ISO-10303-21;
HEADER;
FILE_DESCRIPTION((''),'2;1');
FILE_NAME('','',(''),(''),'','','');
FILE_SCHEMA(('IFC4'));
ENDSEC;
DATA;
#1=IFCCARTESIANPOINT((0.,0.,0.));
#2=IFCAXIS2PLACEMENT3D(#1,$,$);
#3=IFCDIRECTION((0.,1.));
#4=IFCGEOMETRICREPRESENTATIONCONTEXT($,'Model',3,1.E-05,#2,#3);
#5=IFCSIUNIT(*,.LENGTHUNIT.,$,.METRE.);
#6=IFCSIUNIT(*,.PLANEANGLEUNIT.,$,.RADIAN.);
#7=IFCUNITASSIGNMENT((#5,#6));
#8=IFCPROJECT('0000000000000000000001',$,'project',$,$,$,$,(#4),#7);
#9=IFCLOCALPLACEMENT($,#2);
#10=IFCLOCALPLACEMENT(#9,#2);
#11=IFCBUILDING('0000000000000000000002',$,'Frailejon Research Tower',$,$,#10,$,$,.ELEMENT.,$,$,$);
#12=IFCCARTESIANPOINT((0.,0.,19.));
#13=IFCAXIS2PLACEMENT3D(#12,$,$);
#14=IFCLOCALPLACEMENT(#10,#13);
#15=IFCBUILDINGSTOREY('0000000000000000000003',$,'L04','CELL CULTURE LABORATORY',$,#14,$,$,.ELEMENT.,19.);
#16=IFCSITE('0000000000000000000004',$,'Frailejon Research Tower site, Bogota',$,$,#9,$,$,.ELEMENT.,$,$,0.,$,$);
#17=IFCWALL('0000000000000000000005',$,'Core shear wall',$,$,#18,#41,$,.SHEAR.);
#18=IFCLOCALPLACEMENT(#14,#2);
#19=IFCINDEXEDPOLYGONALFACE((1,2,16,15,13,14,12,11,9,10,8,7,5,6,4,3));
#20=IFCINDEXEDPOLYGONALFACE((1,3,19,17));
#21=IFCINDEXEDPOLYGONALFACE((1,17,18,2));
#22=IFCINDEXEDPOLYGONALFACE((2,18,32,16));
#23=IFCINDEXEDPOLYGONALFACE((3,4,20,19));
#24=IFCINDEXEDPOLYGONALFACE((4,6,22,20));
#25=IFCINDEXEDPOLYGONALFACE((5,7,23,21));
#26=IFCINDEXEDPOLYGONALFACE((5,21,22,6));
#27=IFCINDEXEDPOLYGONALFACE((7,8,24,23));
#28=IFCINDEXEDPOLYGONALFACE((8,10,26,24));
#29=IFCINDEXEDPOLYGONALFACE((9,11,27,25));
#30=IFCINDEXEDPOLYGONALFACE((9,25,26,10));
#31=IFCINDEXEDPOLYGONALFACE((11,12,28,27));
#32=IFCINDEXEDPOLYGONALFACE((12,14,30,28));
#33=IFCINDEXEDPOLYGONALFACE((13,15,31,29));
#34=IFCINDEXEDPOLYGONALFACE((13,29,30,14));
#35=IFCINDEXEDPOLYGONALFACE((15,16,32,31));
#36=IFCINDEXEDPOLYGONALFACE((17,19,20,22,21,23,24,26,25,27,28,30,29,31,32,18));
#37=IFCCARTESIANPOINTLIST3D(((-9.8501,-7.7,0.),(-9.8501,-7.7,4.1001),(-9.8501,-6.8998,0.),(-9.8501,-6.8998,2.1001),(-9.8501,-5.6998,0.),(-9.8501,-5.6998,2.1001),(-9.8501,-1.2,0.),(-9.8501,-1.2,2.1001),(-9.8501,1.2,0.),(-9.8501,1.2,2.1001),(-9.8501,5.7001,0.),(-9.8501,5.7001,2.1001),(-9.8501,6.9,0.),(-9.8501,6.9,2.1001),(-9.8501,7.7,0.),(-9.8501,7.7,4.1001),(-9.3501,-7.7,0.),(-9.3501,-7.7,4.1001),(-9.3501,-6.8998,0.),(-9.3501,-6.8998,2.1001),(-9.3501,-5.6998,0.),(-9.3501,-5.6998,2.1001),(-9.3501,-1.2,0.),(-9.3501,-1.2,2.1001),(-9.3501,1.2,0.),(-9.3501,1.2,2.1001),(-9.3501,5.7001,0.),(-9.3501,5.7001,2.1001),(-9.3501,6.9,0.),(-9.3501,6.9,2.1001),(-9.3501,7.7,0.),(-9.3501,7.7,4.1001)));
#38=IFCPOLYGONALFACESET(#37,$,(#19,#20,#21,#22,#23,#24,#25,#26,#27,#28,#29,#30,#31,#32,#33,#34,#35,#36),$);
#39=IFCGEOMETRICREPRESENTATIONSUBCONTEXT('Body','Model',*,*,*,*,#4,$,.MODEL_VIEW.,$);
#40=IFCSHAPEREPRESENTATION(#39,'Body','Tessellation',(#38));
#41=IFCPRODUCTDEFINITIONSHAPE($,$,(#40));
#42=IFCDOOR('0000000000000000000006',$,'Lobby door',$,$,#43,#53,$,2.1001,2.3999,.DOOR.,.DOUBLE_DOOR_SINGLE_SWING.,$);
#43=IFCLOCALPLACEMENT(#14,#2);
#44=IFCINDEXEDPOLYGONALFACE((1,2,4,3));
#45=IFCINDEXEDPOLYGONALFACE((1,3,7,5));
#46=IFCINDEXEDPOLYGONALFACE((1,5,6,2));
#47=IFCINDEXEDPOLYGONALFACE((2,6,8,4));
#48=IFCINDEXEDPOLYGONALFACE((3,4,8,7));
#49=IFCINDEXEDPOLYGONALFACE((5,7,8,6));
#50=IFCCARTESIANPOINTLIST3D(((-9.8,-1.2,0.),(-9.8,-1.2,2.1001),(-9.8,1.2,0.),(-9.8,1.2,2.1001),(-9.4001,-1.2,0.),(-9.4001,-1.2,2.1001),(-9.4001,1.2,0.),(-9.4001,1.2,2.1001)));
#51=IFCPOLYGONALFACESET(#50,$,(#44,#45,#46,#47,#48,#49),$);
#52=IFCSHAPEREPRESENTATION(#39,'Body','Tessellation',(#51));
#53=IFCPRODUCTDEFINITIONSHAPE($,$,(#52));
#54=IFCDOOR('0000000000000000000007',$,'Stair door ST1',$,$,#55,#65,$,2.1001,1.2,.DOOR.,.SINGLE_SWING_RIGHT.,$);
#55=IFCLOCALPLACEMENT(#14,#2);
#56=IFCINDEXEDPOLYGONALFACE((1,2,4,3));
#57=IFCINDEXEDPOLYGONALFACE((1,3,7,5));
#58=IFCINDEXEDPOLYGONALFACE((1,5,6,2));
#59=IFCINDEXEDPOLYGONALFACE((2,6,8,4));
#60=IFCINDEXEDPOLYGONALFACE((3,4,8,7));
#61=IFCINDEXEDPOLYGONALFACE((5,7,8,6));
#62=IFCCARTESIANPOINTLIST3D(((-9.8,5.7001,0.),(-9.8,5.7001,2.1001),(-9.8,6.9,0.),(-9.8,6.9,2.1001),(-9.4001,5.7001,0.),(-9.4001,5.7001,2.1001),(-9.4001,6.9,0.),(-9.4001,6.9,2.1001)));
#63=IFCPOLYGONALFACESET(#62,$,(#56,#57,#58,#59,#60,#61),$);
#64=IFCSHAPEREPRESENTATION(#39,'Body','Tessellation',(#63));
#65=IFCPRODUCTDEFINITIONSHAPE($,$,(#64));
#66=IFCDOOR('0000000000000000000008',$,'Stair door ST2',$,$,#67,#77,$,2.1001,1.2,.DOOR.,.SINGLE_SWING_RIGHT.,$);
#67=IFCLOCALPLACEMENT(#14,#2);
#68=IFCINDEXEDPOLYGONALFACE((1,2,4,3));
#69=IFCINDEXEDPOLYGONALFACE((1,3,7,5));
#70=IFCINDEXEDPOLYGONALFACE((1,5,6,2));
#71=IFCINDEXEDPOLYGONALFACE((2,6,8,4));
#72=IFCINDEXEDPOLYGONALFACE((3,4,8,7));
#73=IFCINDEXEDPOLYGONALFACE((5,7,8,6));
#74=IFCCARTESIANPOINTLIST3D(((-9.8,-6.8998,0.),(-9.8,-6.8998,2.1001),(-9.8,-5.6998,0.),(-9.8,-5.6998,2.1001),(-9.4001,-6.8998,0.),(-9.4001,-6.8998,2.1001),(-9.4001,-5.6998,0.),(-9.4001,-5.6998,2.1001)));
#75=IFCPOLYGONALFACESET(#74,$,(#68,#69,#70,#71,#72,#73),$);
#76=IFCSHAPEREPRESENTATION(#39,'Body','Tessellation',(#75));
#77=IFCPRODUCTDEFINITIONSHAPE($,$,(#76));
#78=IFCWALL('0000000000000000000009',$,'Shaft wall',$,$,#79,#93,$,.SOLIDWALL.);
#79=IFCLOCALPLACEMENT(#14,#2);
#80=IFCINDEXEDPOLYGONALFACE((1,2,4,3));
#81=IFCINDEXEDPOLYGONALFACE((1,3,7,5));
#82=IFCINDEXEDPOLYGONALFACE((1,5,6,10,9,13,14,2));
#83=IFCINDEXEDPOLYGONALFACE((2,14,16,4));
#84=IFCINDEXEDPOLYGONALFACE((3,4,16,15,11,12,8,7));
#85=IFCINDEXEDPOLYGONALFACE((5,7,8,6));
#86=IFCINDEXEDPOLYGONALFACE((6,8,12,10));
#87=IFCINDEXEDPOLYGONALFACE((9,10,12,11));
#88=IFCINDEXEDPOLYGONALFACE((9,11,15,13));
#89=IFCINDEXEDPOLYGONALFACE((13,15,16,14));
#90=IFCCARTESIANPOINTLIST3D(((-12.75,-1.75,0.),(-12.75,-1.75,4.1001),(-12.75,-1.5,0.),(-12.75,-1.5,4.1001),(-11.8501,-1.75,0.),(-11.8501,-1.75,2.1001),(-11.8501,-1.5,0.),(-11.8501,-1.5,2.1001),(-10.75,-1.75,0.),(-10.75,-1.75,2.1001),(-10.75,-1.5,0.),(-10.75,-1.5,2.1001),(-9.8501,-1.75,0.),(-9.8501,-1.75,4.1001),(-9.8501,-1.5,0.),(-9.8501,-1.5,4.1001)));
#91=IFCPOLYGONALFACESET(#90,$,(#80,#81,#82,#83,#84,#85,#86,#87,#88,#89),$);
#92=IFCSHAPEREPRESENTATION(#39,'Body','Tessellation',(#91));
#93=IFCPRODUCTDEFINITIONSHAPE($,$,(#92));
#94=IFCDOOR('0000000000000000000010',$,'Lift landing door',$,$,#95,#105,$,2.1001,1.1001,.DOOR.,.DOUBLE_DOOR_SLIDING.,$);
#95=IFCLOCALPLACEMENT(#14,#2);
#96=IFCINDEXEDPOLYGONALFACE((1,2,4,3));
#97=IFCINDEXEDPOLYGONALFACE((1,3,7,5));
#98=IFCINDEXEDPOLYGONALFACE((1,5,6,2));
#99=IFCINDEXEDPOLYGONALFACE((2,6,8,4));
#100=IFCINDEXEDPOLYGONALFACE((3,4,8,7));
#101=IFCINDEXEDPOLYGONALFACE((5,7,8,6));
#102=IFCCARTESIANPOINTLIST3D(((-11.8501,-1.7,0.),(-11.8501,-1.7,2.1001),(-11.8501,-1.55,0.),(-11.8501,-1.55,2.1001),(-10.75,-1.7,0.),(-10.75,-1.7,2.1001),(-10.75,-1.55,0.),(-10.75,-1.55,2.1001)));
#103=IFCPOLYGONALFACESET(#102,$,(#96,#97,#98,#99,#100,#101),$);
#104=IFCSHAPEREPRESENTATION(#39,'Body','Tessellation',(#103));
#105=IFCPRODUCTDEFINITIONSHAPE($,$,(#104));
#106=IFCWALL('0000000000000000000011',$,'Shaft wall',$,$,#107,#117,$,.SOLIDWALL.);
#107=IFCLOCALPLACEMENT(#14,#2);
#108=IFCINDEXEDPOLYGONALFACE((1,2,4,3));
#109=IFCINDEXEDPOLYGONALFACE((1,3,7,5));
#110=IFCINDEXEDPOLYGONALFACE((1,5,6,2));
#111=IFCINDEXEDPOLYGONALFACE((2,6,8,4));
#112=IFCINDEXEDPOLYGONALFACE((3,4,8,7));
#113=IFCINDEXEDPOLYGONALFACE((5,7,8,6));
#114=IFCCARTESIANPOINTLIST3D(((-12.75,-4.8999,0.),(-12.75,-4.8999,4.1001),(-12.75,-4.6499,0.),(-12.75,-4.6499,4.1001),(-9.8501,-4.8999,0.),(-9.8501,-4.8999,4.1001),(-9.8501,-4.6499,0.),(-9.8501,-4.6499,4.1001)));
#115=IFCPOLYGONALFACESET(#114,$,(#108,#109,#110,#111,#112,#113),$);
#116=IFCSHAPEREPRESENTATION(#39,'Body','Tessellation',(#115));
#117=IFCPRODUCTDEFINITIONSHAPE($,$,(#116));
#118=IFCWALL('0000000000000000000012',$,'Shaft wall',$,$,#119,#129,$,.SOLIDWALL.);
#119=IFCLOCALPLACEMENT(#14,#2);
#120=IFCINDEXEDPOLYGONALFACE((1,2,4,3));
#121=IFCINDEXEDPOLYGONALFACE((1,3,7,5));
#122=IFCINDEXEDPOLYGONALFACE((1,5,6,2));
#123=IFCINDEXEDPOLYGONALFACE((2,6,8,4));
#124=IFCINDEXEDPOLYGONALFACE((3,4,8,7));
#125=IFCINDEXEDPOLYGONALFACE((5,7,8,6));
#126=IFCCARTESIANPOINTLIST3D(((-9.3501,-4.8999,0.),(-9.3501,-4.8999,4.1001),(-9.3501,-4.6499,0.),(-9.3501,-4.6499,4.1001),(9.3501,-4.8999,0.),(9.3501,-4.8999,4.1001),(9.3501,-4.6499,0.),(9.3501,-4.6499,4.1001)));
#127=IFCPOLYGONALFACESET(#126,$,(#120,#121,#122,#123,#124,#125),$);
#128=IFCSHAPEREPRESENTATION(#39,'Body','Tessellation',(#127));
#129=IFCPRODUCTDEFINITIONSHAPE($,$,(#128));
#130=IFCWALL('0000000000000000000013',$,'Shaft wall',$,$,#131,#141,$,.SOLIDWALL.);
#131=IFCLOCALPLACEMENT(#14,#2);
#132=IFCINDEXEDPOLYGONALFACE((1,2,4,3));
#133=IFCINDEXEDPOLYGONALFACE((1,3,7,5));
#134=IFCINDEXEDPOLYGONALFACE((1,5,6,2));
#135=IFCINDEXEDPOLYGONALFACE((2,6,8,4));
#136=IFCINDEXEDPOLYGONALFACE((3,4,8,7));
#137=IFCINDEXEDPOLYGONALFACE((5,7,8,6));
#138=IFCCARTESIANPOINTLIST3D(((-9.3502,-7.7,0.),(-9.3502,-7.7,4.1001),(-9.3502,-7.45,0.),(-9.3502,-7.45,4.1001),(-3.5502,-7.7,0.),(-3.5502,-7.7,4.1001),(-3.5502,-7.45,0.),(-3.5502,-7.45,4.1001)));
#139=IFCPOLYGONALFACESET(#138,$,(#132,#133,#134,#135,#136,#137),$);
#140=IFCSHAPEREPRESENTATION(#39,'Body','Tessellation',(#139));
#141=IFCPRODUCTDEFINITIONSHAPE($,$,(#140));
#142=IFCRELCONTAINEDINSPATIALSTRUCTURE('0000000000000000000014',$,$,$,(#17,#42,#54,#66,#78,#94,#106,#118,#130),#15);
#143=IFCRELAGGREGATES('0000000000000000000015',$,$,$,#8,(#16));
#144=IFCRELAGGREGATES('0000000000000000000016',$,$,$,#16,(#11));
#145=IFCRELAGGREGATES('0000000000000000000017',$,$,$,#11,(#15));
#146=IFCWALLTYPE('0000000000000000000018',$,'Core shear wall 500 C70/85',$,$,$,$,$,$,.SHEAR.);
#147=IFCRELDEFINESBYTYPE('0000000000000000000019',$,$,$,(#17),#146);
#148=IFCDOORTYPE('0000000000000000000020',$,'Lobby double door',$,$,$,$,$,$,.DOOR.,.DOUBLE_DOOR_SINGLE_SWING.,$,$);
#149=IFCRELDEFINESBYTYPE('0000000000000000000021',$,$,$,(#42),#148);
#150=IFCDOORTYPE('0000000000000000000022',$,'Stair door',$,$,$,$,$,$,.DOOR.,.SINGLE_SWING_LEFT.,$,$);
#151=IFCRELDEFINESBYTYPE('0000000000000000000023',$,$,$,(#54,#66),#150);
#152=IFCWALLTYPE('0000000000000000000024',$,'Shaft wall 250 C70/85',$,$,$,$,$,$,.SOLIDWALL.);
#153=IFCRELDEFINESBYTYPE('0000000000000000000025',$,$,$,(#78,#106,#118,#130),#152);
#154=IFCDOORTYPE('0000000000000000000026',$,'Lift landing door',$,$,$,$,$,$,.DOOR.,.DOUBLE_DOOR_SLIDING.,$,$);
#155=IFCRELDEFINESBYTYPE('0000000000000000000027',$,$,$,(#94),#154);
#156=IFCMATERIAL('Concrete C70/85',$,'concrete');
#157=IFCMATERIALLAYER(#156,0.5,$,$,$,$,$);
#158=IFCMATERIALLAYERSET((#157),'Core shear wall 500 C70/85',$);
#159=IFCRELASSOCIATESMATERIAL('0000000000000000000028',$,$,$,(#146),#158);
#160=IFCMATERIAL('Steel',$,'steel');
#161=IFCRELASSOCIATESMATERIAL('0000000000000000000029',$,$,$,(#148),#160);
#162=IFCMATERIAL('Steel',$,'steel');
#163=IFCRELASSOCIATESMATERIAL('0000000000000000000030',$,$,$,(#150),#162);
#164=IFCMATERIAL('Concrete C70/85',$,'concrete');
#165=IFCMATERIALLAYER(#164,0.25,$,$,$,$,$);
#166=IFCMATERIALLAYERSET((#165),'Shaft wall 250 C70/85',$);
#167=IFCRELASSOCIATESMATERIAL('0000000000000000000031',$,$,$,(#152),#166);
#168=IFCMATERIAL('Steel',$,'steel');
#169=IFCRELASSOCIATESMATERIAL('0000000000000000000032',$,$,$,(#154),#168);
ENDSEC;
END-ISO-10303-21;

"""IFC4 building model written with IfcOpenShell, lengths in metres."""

from ifc_helpers import new_model, si_unit, direction, frame, frame_2d, origin, place, context, subcontext, project, spatial, rectangle, extrude, material, layer, layer_set, type_object, element, fill, save


model = new_model("IFC4")

# Units and contexts
model_context = context("Model", 3, precision=1e-05, world=origin(), true_north=direction((0.0, 1.0)))
body_context = subcontext(model_context, "Body", "Model", "MODEL_VIEW")
ifc_project = project(units=[si_unit("LENGTHUNIT", "METRE"), si_unit("PLANEANGLEUNIT", "RADIAN")], contexts=[model_context])

# Site, building, storey
site_placement = place(None, origin())
site = spatial("IfcSite", under=ifc_project, at=site_placement, Name="Frailejon Research Tower site, Bogota", CompositionType="ELEMENT", RefElevation=0.0)
building_placement = place(site_placement, origin())
building = spatial("IfcBuilding", under=site, at=building_placement, Name="Frailejon Research Tower", CompositionType="ELEMENT")
storey_placement = place(building_placement, frame((0.0, 0.0, 19.0)))
storey = spatial("IfcBuildingStorey", under=building, at=storey_placement, Name="L04", Description="CELL CULTURE LABORATORY", CompositionType="ELEMENT", Elevation=19.0)

# Wall, openings, doors
ifc_material_1 = material(Name="Concrete C70/85", Category="concrete")
ifc_layer_1 = layer(ifc_material_1, 0.5)
ifc_layer_set_1 = layer_set([ifc_layer_1], Name="Core shear wall 500 C70/85")
wall_type_1 = type_object("IfcWallType", Name="Core shear wall 500 C70/85", PredefinedType="SHEAR", material=ifc_layer_set_1)
wall_1_placement = place(storey_placement, frame((-9.6001, -7.7, 0.0), z_axis=(0.0, 0.0, 1.0), x_axis=(0.0, 1.0, 0.0)))
wall_1 = element("IfcWall", 1, at=wall_1_placement, inside=storey, type_object=wall_type_1, Name="Core shear wall", PredefinedType="SHEAR", context=body_context, shape_type="SweptSolid", body=[
    extrude(rectangle(XDim=15.3999, YDim=0.5, at=frame_2d((7.7, 0.0))), origin(), (0.0, 0.0, 1.0), 4.1001),
])
opening_1_placement = place(wall_1_placement, frame((6.5, 0.0, 0.0)))
opening_1 = element("IfcOpeningElement", 2, at=opening_1_placement, cuts=wall_1, PredefinedType="OPENING", context=body_context, shape_type="SweptSolid", body=[
    extrude(rectangle(XDim=2.3999, YDim=2.1001, at=frame_2d((1.2, 1.05))), frame((0.0, 0.26, 0.0), z_axis=(0.0, -1.0, 0.0), x_axis=(1.0, 0.0, 0.0)), (0.0, 0.0, 1.0), 0.52),
])
opening_2_placement = place(wall_1_placement, frame((13.3999, 0.0, 0.0)))
opening_2 = element("IfcOpeningElement", 3, at=opening_2_placement, cuts=wall_1, PredefinedType="OPENING", context=body_context, shape_type="SweptSolid", body=[
    extrude(rectangle(XDim=1.2, YDim=2.1001, at=frame_2d((0.6001, 1.05))), frame((0.0, 0.26, 0.0), z_axis=(0.0, -1.0, 0.0), x_axis=(1.0, 0.0, 0.0)), (0.0, 0.0, 1.0), 0.52),
])
opening_3_placement = place(wall_1_placement, frame((0.8, 0.0, 0.0)))
opening_3 = element("IfcOpeningElement", 4, at=opening_3_placement, cuts=wall_1, PredefinedType="OPENING", context=body_context, shape_type="SweptSolid", body=[
    extrude(rectangle(XDim=1.2, YDim=2.1001, at=frame_2d((0.6001, 1.05))), frame((0.0, 0.26, 0.0), z_axis=(0.0, -1.0, 0.0), x_axis=(1.0, 0.0, 0.0)), (0.0, 0.0, 1.0), 0.52),
])
ifc_material_2 = material(Name="Steel", Category="steel")
door_type_1 = type_object("IfcDoorType", Name="Lobby double door", OperationType="DOUBLE_DOOR_SINGLE_SWING", PredefinedType="DOOR", material=ifc_material_2)
door_1_placement = place(opening_1_placement, origin())
door_1 = element("IfcDoor", 5, at=door_1_placement, inside=storey, type_object=door_type_1, Name="Lobby door", OperationType="DOUBLE_DOOR_SINGLE_SWING", OverallHeight=2.1001, OverallWidth=2.3999, PredefinedType="DOOR", context=body_context, shape_type="SweptSolid", body=[
    extrude(rectangle(XDim=2.3999, YDim=2.1001, at=frame_2d((1.2, 1.05))), frame((0.0, 0.2, 0.0), z_axis=(0.0, -1.0, 0.0), x_axis=(1.0, 0.0, 0.0)), (0.0, 0.0, 1.0), 0.3999),
])
fill(opening_1, door_1)
ifc_material_3 = material(Name="Steel", Category="steel")
door_type_2 = type_object("IfcDoorType", Name="Stair door", OperationType="SINGLE_SWING_LEFT", PredefinedType="DOOR", material=ifc_material_3)
door_2_placement = place(opening_2_placement, origin())
door_2 = element("IfcDoor", 6, at=door_2_placement, inside=storey, type_object=door_type_2, Name="Stair door ST1", OperationType="SINGLE_SWING_RIGHT", OverallHeight=2.1001, OverallWidth=1.2, PredefinedType="DOOR", context=body_context, shape_type="SweptSolid", body=[
    extrude(rectangle(XDim=1.2, YDim=2.1001, at=frame_2d((0.6001, 1.05))), frame((0.0, 0.2, 0.0), z_axis=(0.0, -1.0, 0.0), x_axis=(1.0, 0.0, 0.0)), (0.0, 0.0, 1.0), 0.3999),
])
fill(opening_2, door_2)
door_3_placement = place(opening_3_placement, origin())
door_3 = element("IfcDoor", 7, at=door_3_placement, inside=storey, type_object=door_type_2, Name="Stair door ST2", OperationType="SINGLE_SWING_RIGHT", OverallHeight=2.1001, OverallWidth=1.2, PredefinedType="DOOR", context=body_context, shape_type="SweptSolid", body=[
    extrude(rectangle(XDim=1.2, YDim=2.1001, at=frame_2d((0.6001, 1.05))), frame((0.0, 0.2, 0.0), z_axis=(0.0, -1.0, 0.0), x_axis=(1.0, 0.0, 0.0)), (0.0, 0.0, 1.0), 0.3999),
])
fill(opening_3, door_3)

# Wall, opening, door
ifc_material_4 = material(Name="Concrete C70/85", Category="concrete")
ifc_layer_2 = layer(ifc_material_4, 0.25)
ifc_layer_set_2 = layer_set([ifc_layer_2], Name="Shaft wall 250 C70/85")
wall_type_2 = type_object("IfcWallType", Name="Shaft wall 250 C70/85", PredefinedType="SOLIDWALL", material=ifc_layer_set_2)
wall_2_placement = place(storey_placement, frame((-12.75, -1.625, 0.0), z_axis=(0.0, 0.0, 1.0), x_axis=(1.0, 0.0, 0.0)))
wall_2 = element("IfcWall", 8, at=wall_2_placement, inside=storey, type_object=wall_type_2, Name="Shaft wall", PredefinedType="SOLIDWALL", context=body_context, shape_type="SweptSolid", body=[
    extrude(rectangle(XDim=2.8999, YDim=0.25, at=frame_2d((1.45, 0.0))), origin(), (0.0, 0.0, 1.0), 4.1001),
])
opening_4_placement = place(wall_2_placement, frame((0.8999, 0.0, 0.0)))
opening_4 = element("IfcOpeningElement", 9, at=opening_4_placement, cuts=wall_2, PredefinedType="OPENING", context=body_context, shape_type="SweptSolid", body=[
    extrude(rectangle(XDim=1.1001, YDim=2.1001, at=frame_2d((0.55, 1.05))), frame((0.0, 0.135, 0.0), z_axis=(0.0, -1.0, 0.0), x_axis=(1.0, 0.0, 0.0)), (0.0, 0.0, 1.0), 0.27),
])
ifc_material_5 = material(Name="Steel", Category="steel")
door_type_3 = type_object("IfcDoorType", Name="Lift landing door", OperationType="DOUBLE_DOOR_SLIDING", PredefinedType="DOOR", material=ifc_material_5)
door_4_placement = place(opening_4_placement, origin())
door_4 = element("IfcDoor", 10, at=door_4_placement, inside=storey, type_object=door_type_3, Name="Lift landing door", OperationType="DOUBLE_DOOR_SLIDING", OverallHeight=2.1001, OverallWidth=1.1001, PredefinedType="DOOR", context=body_context, shape_type="SweptSolid", body=[
    extrude(rectangle(XDim=1.1001, YDim=2.1001, at=frame_2d((0.55, 1.05))), frame((0.0, 0.075, 0.0), z_axis=(0.0, -1.0, 0.0), x_axis=(1.0, 0.0, 0.0)), (0.0, 0.0, 1.0), 0.1499),
])
fill(opening_4, door_4)

# Walls
wall_3_placement = place(storey_placement, frame((-12.75, -4.7749, 0.0), z_axis=(0.0, 0.0, 1.0), x_axis=(1.0, 0.0, 0.0)))
element("IfcWall", 11, at=wall_3_placement, inside=storey, type_object=wall_type_2, Name="Shaft wall", PredefinedType="SOLIDWALL", context=body_context, shape_type="SweptSolid", body=[
    extrude(rectangle(XDim=2.8999, YDim=0.25, at=frame_2d((1.45, 0.0))), origin(), (0.0, 0.0, 1.0), 4.1001),
])
wall_4_placement = place(storey_placement, frame((-9.3501, -4.7749, 0.0), z_axis=(0.0, 0.0, 1.0), x_axis=(1.0, 0.0, 0.0)))
element("IfcWall", 12, at=wall_4_placement, inside=storey, type_object=wall_type_2, Name="Shaft wall", PredefinedType="SOLIDWALL", context=body_context, shape_type="SweptSolid", body=[
    extrude(rectangle(XDim=18.7002, YDim=0.25, at=frame_2d((9.3501, 0.0))), origin(), (0.0, 0.0, 1.0), 4.1001),
])
wall_5_placement = place(storey_placement, frame((-9.3501, -7.575, 0.0), z_axis=(0.0, 0.0, 1.0), x_axis=(1.0, 0.0, 0.0)))
element("IfcWall", 13, at=wall_5_placement, inside=storey, type_object=wall_type_2, Name="Shaft wall", PredefinedType="SOLIDWALL", context=body_context, shape_type="SweptSolid", body=[
    extrude(rectangle(XDim=5.8, YDim=0.25, at=frame_2d((2.8999, 0.0))), origin(), (0.0, 0.0, 1.0), 4.1001),
])

save(model, "model.ifc")
